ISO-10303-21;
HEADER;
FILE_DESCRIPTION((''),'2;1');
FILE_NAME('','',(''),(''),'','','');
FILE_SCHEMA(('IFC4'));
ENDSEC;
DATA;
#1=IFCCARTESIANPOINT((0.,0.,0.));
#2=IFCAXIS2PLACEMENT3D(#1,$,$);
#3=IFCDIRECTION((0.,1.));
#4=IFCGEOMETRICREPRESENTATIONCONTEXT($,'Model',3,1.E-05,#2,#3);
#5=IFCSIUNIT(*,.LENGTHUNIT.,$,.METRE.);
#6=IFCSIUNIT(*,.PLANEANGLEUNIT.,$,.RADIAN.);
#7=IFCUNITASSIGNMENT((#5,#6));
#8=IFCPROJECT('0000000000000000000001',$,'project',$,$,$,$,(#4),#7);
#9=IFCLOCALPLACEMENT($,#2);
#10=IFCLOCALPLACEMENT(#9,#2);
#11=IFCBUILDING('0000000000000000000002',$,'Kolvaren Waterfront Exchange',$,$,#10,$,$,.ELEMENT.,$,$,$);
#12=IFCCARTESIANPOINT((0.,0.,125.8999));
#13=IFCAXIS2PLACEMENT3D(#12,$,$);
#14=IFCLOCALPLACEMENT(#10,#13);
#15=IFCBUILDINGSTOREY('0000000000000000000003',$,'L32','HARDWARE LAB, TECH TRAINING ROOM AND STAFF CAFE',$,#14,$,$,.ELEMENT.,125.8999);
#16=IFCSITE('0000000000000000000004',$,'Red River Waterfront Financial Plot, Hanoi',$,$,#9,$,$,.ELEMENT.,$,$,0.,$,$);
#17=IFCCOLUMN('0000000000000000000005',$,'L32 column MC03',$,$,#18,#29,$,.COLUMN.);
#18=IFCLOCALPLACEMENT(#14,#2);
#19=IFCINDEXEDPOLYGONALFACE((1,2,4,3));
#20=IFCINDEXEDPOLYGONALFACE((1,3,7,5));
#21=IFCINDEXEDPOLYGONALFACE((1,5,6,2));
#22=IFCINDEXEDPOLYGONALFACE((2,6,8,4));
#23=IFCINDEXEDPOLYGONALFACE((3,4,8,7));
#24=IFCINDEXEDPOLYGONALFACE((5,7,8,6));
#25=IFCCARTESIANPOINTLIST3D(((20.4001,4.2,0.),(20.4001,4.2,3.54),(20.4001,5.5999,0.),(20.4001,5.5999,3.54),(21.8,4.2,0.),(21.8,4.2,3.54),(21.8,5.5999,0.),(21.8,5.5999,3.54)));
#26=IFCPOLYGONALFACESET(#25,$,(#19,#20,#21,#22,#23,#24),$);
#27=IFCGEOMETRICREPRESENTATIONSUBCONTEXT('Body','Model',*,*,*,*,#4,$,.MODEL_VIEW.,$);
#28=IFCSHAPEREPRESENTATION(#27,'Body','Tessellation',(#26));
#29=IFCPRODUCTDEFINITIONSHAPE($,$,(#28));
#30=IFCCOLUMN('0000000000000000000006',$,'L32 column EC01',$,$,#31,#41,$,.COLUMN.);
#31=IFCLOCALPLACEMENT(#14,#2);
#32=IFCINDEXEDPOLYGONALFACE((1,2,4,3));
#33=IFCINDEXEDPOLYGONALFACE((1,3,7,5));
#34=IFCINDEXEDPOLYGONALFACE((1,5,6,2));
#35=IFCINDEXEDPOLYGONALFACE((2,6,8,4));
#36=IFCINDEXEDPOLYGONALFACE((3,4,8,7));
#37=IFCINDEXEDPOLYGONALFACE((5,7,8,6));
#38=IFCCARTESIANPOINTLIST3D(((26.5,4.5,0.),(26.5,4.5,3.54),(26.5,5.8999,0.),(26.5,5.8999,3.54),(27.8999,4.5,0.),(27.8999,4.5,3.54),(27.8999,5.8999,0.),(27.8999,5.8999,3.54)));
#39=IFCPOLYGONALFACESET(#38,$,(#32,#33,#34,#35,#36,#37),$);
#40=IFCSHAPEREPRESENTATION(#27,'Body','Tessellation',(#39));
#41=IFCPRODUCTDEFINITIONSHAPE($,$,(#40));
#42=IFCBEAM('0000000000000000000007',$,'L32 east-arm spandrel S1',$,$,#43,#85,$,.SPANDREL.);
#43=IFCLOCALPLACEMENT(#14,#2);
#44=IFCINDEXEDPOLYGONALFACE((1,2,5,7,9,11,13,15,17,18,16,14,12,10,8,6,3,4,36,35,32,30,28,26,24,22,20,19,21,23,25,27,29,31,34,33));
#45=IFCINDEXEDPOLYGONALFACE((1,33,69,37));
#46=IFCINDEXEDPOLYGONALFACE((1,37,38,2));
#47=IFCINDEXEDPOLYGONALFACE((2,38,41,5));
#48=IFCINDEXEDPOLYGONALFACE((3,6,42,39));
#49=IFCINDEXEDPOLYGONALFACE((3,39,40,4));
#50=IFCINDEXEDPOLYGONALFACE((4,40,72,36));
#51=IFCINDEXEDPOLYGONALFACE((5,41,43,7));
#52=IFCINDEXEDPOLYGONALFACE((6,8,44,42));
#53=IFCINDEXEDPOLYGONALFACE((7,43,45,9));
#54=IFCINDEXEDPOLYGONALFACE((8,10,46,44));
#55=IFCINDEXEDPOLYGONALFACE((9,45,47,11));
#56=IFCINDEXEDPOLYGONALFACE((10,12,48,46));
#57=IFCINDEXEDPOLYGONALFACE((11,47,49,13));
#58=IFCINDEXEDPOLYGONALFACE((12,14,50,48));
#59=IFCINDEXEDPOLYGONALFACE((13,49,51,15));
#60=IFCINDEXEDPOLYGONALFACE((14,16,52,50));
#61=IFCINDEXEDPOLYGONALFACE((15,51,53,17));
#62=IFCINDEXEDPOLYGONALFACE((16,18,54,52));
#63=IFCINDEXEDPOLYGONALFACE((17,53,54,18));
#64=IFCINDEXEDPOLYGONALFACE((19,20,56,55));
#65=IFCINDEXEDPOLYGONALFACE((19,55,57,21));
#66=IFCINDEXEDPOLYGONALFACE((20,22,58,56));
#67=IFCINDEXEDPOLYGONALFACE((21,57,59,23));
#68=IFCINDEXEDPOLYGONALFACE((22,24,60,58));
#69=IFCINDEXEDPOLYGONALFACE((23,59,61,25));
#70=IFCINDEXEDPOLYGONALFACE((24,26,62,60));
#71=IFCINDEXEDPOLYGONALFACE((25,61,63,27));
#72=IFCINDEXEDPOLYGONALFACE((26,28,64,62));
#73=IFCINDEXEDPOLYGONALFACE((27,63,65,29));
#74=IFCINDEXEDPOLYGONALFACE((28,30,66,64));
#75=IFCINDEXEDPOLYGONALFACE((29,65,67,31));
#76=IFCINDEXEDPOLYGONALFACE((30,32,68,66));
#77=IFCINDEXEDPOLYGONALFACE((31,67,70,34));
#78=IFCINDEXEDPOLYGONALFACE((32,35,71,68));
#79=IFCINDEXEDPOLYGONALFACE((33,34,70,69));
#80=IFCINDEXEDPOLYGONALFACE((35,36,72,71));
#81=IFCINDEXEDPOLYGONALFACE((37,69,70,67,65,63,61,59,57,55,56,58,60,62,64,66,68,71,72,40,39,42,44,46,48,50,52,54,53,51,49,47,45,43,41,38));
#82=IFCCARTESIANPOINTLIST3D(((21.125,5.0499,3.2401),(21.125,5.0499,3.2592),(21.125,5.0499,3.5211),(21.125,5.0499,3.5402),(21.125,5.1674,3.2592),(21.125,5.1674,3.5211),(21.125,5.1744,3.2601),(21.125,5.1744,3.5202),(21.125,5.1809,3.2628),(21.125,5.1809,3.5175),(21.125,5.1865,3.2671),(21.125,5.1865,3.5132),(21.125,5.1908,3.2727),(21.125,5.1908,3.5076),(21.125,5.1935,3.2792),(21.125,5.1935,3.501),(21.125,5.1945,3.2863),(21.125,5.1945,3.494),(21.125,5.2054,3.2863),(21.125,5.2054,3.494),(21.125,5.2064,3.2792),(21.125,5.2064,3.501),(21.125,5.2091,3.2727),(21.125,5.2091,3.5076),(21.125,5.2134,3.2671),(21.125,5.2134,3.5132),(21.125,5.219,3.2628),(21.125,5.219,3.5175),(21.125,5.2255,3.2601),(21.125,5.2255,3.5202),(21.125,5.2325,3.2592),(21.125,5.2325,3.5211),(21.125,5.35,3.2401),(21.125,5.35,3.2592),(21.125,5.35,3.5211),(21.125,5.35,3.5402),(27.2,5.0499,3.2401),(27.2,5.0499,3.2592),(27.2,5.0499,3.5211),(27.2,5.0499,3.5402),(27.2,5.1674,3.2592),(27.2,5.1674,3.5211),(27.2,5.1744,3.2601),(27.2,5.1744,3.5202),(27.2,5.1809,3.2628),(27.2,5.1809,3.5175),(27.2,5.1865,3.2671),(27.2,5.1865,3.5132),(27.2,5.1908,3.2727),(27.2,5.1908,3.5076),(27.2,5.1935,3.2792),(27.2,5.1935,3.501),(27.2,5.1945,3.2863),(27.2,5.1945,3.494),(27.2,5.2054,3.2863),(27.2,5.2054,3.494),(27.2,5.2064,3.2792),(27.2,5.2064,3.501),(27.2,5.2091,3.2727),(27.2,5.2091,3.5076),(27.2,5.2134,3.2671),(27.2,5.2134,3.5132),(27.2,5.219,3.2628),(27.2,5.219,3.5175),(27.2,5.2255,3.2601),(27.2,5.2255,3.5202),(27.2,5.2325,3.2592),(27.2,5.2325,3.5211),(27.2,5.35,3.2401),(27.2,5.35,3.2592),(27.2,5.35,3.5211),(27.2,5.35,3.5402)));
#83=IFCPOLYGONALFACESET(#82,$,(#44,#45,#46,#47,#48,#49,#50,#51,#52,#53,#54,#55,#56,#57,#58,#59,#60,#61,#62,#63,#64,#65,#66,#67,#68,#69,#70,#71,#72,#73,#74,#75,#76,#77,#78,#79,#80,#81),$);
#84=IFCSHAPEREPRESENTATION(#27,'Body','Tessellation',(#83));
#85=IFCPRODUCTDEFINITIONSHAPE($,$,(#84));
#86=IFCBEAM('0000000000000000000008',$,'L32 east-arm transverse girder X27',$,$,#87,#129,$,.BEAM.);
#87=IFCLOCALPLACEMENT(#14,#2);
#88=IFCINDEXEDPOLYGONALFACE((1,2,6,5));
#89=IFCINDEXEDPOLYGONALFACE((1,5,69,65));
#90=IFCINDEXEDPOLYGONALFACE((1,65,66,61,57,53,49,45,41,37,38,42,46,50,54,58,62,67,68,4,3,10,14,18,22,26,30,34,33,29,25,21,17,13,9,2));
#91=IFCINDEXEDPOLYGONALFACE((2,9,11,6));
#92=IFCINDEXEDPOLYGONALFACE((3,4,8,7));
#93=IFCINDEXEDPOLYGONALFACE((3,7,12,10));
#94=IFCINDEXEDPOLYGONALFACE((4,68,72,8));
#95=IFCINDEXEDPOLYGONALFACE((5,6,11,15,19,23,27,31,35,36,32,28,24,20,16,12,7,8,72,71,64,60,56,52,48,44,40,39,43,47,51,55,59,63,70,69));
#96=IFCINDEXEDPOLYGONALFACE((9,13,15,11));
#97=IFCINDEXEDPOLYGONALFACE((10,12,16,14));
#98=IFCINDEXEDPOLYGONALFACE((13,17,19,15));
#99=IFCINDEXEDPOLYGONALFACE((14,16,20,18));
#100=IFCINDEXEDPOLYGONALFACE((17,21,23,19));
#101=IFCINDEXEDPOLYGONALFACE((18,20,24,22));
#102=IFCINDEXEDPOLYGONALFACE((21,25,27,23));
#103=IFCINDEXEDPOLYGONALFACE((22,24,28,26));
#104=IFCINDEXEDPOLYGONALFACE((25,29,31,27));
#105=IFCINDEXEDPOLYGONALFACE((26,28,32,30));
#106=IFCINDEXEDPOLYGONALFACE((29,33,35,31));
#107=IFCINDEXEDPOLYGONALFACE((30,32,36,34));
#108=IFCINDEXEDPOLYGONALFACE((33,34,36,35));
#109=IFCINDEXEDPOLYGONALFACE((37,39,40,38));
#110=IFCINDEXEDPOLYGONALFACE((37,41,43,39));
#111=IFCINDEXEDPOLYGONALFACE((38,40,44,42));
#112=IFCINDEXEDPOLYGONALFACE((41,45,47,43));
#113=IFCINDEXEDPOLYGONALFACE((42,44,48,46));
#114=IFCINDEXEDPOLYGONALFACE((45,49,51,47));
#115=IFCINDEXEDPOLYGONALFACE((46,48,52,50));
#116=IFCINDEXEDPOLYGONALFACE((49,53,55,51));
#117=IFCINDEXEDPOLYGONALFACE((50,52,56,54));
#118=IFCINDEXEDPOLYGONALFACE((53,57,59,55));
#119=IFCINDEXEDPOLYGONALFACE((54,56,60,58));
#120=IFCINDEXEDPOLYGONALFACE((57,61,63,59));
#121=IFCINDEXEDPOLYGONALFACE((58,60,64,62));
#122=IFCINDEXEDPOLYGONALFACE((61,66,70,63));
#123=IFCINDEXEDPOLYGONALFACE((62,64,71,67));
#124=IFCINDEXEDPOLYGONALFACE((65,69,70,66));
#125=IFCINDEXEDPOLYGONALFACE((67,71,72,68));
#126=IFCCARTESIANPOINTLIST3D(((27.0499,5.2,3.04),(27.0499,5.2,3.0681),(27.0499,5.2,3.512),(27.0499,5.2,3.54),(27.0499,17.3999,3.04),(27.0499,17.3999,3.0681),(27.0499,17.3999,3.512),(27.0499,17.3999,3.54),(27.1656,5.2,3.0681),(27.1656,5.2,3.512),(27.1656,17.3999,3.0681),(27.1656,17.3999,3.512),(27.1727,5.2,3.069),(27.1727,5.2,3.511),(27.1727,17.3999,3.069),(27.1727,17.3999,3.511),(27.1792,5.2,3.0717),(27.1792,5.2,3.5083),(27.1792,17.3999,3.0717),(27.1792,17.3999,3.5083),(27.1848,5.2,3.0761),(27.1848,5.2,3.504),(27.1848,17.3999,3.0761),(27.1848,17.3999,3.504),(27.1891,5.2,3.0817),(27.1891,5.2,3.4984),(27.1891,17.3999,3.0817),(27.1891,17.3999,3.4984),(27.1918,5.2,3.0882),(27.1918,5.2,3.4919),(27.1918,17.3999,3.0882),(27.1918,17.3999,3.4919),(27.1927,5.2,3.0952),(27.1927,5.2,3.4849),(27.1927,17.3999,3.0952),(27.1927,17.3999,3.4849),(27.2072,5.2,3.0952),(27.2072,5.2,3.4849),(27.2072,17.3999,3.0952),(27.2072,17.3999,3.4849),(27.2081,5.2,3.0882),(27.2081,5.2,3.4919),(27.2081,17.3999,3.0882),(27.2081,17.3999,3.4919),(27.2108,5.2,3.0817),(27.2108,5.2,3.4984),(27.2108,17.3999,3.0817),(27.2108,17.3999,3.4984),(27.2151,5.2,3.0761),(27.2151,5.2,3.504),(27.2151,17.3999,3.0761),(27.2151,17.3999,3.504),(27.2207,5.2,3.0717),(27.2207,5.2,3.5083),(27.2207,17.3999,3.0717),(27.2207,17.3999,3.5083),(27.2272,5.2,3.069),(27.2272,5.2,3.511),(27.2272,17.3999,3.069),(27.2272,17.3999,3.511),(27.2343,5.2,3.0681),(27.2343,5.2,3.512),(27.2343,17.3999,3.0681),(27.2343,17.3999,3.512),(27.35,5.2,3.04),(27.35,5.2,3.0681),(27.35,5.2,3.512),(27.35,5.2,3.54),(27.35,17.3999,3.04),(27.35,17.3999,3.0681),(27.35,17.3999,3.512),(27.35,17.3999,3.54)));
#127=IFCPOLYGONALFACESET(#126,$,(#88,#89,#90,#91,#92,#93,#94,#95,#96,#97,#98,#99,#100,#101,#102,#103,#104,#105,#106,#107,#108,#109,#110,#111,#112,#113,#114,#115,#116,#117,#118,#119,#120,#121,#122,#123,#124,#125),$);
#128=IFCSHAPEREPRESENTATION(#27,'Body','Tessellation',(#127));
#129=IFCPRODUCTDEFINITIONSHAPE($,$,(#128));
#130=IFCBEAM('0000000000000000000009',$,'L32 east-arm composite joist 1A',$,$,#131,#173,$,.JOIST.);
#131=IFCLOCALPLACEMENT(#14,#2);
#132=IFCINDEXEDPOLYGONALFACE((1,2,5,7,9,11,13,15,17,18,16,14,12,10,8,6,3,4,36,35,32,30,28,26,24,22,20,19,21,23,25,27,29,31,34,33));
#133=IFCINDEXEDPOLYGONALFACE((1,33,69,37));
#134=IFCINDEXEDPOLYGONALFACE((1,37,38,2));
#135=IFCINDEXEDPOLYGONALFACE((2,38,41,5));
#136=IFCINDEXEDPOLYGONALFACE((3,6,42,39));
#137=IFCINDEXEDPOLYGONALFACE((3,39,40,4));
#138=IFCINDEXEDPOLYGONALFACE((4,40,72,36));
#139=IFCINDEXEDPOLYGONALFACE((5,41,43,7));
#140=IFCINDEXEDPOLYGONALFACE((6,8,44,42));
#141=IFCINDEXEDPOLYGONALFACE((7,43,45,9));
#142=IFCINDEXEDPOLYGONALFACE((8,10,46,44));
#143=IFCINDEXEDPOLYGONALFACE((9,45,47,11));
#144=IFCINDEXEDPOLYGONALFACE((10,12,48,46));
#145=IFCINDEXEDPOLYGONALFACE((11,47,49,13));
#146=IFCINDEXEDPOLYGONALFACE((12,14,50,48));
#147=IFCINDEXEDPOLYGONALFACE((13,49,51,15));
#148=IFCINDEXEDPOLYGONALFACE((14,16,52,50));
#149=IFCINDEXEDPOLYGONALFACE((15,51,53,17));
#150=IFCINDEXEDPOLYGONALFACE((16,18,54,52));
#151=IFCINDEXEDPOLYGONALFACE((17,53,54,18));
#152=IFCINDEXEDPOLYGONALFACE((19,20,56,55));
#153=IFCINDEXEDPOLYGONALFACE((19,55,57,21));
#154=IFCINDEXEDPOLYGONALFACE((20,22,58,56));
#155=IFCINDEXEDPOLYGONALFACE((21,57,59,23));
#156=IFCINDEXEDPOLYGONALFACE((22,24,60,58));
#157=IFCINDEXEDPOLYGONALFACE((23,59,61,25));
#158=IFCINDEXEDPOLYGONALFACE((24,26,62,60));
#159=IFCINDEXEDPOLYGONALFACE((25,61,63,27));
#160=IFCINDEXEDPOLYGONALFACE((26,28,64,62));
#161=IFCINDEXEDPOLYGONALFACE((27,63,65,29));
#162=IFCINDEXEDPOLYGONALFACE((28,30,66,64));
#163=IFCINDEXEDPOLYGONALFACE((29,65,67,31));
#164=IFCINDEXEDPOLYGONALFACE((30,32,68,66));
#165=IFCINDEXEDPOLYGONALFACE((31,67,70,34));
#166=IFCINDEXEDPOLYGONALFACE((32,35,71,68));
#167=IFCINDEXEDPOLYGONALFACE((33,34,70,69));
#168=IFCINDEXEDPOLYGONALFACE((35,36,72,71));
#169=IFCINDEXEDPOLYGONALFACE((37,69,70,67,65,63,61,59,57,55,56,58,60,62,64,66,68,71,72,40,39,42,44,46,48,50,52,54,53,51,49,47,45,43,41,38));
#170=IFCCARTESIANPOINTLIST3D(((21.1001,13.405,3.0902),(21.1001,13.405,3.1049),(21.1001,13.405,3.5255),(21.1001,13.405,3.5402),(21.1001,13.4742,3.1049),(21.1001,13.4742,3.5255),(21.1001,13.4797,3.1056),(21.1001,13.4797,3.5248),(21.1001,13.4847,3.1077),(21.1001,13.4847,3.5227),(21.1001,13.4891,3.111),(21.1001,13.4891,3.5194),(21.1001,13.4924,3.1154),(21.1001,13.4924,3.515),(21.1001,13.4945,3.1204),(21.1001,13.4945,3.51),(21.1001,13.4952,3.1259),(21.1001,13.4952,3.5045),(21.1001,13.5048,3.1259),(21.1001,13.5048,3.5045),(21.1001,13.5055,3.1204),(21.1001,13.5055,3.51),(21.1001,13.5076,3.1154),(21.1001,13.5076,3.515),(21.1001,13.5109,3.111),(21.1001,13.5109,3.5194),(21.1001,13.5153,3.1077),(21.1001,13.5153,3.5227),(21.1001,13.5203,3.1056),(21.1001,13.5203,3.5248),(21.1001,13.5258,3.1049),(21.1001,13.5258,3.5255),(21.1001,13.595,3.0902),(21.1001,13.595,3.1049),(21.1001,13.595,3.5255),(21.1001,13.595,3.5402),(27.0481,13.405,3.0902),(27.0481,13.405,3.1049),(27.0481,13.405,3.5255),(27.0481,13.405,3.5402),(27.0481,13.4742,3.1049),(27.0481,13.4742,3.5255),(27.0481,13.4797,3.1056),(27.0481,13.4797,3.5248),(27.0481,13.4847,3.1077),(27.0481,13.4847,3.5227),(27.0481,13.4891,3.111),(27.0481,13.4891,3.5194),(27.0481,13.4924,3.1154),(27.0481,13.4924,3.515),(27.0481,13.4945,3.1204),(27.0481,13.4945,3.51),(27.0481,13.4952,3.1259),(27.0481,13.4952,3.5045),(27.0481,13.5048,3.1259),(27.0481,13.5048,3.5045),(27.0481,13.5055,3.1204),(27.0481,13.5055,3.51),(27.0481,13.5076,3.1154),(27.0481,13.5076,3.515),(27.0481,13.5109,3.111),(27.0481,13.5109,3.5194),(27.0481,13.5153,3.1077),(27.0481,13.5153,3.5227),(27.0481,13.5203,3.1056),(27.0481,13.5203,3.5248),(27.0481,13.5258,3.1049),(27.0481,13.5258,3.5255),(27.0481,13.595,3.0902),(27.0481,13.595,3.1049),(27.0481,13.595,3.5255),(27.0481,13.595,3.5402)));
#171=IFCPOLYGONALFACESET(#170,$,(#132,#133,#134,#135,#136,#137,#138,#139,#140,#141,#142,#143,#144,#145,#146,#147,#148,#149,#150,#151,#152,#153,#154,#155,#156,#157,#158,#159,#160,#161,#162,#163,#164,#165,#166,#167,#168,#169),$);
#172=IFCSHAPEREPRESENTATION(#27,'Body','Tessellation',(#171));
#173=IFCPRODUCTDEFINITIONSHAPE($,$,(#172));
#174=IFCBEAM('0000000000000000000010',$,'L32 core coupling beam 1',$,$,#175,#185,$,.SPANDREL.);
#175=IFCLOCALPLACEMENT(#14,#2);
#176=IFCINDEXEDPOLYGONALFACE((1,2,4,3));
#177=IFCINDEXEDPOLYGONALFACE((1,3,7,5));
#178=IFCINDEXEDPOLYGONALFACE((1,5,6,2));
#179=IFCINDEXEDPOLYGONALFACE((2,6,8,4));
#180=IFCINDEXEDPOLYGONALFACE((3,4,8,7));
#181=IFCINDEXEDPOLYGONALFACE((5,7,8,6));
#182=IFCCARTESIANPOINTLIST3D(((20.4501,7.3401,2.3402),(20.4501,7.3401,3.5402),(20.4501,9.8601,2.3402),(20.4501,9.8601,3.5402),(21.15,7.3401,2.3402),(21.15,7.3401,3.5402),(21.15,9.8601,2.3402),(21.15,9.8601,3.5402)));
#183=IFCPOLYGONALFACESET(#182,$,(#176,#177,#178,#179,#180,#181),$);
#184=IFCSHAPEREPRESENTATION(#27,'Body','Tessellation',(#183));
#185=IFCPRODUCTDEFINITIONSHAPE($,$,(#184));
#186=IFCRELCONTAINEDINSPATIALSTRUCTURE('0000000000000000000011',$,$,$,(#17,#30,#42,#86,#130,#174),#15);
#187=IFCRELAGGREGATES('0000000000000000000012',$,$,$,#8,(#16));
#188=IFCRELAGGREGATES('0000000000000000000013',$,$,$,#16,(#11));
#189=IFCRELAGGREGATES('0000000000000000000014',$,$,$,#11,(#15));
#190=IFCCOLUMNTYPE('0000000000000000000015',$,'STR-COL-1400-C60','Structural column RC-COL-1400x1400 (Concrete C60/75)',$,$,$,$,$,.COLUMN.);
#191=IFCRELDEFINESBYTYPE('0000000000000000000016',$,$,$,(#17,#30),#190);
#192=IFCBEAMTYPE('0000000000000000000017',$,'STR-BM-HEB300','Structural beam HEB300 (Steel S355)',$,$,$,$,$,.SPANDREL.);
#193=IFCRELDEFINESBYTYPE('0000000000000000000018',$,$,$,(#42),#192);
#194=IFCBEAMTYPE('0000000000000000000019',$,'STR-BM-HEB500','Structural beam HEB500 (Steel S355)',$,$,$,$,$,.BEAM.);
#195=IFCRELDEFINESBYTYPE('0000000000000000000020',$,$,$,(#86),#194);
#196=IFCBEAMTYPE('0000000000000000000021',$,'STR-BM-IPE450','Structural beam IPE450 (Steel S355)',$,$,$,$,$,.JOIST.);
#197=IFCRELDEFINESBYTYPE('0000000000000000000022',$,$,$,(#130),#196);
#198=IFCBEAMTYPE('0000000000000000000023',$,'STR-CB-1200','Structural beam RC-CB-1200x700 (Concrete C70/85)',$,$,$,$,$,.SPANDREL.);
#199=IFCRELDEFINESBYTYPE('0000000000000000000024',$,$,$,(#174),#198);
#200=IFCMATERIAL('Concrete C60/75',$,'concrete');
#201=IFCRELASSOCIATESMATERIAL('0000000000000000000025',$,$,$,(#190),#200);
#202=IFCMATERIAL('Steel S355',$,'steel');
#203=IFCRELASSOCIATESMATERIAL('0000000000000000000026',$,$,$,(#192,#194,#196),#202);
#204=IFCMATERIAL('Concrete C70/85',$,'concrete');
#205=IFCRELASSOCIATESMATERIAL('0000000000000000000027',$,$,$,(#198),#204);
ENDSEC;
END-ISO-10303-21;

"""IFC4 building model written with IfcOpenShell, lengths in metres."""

from ifc_helpers import new_model, si_unit, direction, frame, origin, origin_2d, place, context, subcontext, project, spatial, rectangle, i_section, extrude, material, material_profile, profile_set, type_object, element, save


model = new_model("IFC4")

# Units and contexts
model_context = context("Model", 3, precision=1e-05, world=origin(), true_north=direction((0.0, 1.0)))
body_context = subcontext(model_context, "Body", "Model", "MODEL_VIEW")
ifc_project = project(units=[si_unit("LENGTHUNIT", "METRE"), si_unit("PLANEANGLEUNIT", "RADIAN")], contexts=[model_context])

# Site, building, storey
site_placement = place(None, origin())
site = spatial("IfcSite", under=ifc_project, at=site_placement, Name="Red River Waterfront Financial Plot, Hanoi", CompositionType="ELEMENT", RefElevation=0.0)
building_placement = place(site_placement, origin())
building = spatial("IfcBuilding", under=site, at=building_placement, Name="Kolvaren Waterfront Exchange", CompositionType="ELEMENT")
storey_placement = place(building_placement, frame((0.0, 0.0, 125.8999)))
storey = spatial("IfcBuildingStorey", under=building, at=storey_placement, Name="L32", Description="HARDWARE LAB, TECH TRAINING ROOM AND STAFF CAFE", CompositionType="ELEMENT", Elevation=125.8999)

# Columns
ifc_material_1 = material(Name="Concrete C60/75", Category="concrete")
ifc_material_profile_1 = material_profile(ifc_material_1, rectangle(XDim=1.3999, YDim=1.3999, at=origin_2d()), Name="RC-COL-1400x1400")
ifc_profile_set_1 = profile_set([ifc_material_profile_1], Name="Concrete C60/75")
column_type = type_object("IfcColumnType", Name="STR-COL-1400-C60", Description="Structural column RC-COL-1400x1400 (Concrete C60/75)", PredefinedType="COLUMN", material=ifc_profile_set_1)
for number, where, z_axis, x_axis, name in (
    (1, (21.1001, 4.8999, 0.0), (0.0, 0.0, 1.0), (1.0, 0.0, 0.0), "L32 column MC03"),
    (2, (27.2, 5.2, 0.0), (0.0, 0.0, 1.0), (1.0, 0.0, 0.0), "L32 column EC01"),
):
    element("IfcColumn", number, at=place(storey_placement, frame(where, z_axis=z_axis, x_axis=x_axis)), inside=storey, type_object=column_type, Name=name, PredefinedType="COLUMN", context=body_context, shape_type="SweptSolid", body=[
        extrude(rectangle(XDim=1.3999, YDim=1.3999, at=origin_2d()), origin(), (0.0, 0.0, 1.0), 3.54),
    ])

# Beams
ifc_material_2 = material(Name="Steel S355", Category="steel")
ifc_material_profile_2 = material_profile(ifc_material_2, i_section(OverallWidth=0.3, OverallDepth=0.3, WebThickness=0.011, FlangeThickness=0.019, FilletRadius=0.0271, at=origin_2d()), Name="HEB300")
ifc_profile_set_2 = profile_set([ifc_material_profile_2], Name="Steel S355")
beam_type_1 = type_object("IfcBeamType", Name="STR-BM-HEB300", Description="Structural beam HEB300 (Steel S355)", PredefinedType="SPANDREL", material=ifc_profile_set_2)
beam_1_placement = place(storey_placement, frame((21.125, 5.2, 3.3901), z_axis=(1.0, 0.0, 0.0), x_axis=(0.0, 1.0, 0.0)))
element("IfcBeam", 3, at=beam_1_placement, inside=storey, type_object=beam_type_1, Name="L32 east-arm spandrel S1", PredefinedType="SPANDREL", context=body_context, shape_type="SweptSolid", body=[
    extrude(i_section(OverallWidth=0.3, OverallDepth=0.3, WebThickness=0.011, FlangeThickness=0.019, FilletRadius=0.0271, at=origin_2d()), origin(), (0.0, 0.0, 1.0), 6.075),
])
ifc_material_profile_3 = material_profile(ifc_material_2, i_section(OverallWidth=0.3, OverallDepth=0.5, WebThickness=0.0144, FlangeThickness=0.0281, FilletRadius=0.0271, at=origin_2d()), Name="HEB500")
ifc_profile_set_3 = profile_set([ifc_material_profile_3], Name="Steel S355")
beam_type_2 = type_object("IfcBeamType", Name="STR-BM-HEB500", Description="Structural beam HEB500 (Steel S355)", PredefinedType="BEAM", material=ifc_profile_set_3)
beam_2_placement = place(storey_placement, frame((27.2, 5.2, 3.29), z_axis=(0.0, 1.0, 0.0), x_axis=(-1.0, 0.0, 0.0)))
element("IfcBeam", 4, at=beam_2_placement, inside=storey, type_object=beam_type_2, Name="L32 east-arm transverse girder X27", PredefinedType="BEAM", context=body_context, shape_type="SweptSolid", body=[
    extrude(i_section(OverallWidth=0.3, OverallDepth=0.5, WebThickness=0.0144, FlangeThickness=0.0281, FilletRadius=0.0271, at=origin_2d()), origin(), (0.0, 0.0, 1.0), 12.2),
])
ifc_material_profile_4 = material_profile(ifc_material_2, i_section(OverallWidth=0.1899, OverallDepth=0.45, WebThickness=0.0095, FlangeThickness=0.0146, FilletRadius=0.021, at=origin_2d()), Name="IPE450")
ifc_profile_set_4 = profile_set([ifc_material_profile_4], Name="Steel S355")
beam_type_3 = type_object("IfcBeamType", Name="STR-BM-IPE450", Description="Structural beam IPE450 (Steel S355)", PredefinedType="JOIST", material=ifc_profile_set_4)
beam_3_placement = place(storey_placement, frame((21.1001, 13.5, 3.3152), z_axis=(1.0, 0.0, 0.0), x_axis=(0.0, 1.0, 0.0)))
element("IfcBeam", 5, at=beam_3_placement, inside=storey, type_object=beam_type_3, Name="L32 east-arm composite joist 1A", PredefinedType="JOIST", context=body_context, shape_type="SweptSolid", body=[
    extrude(i_section(OverallWidth=0.1899, OverallDepth=0.45, WebThickness=0.0095, FlangeThickness=0.0146, FilletRadius=0.021, at=origin_2d()), origin(), (0.0, 0.0, 1.0), 5.948),
])
ifc_material_3 = material(Name="Concrete C70/85", Category="concrete")
ifc_material_profile_5 = material_profile(ifc_material_3, rectangle(XDim=0.7, YDim=1.2, at=origin_2d()), Name="RC-CB-1200x700")
ifc_profile_set_5 = profile_set([ifc_material_profile_5], Name="Concrete C70/85")
beam_type_4 = type_object("IfcBeamType", Name="STR-CB-1200", Description="Structural beam RC-CB-1200x700 (Concrete C70/85)", PredefinedType="SPANDREL", material=ifc_profile_set_5)
beam_4_placement = place(storey_placement, frame((20.8, 7.3401, 2.9402), z_axis=(0.0, 1.0, 0.0), x_axis=(-1.0, 0.0, 0.0)))
element("IfcBeam", 6, at=beam_4_placement, inside=storey, type_object=beam_type_4, Name="L32 core coupling beam 1", PredefinedType="SPANDREL", context=body_context, shape_type="SweptSolid", body=[
    extrude(rectangle(XDim=0.7, YDim=1.2, at=origin_2d()), origin(), (0.0, 0.0, 1.0), 2.52),
])

save(model, "model.ifc")
